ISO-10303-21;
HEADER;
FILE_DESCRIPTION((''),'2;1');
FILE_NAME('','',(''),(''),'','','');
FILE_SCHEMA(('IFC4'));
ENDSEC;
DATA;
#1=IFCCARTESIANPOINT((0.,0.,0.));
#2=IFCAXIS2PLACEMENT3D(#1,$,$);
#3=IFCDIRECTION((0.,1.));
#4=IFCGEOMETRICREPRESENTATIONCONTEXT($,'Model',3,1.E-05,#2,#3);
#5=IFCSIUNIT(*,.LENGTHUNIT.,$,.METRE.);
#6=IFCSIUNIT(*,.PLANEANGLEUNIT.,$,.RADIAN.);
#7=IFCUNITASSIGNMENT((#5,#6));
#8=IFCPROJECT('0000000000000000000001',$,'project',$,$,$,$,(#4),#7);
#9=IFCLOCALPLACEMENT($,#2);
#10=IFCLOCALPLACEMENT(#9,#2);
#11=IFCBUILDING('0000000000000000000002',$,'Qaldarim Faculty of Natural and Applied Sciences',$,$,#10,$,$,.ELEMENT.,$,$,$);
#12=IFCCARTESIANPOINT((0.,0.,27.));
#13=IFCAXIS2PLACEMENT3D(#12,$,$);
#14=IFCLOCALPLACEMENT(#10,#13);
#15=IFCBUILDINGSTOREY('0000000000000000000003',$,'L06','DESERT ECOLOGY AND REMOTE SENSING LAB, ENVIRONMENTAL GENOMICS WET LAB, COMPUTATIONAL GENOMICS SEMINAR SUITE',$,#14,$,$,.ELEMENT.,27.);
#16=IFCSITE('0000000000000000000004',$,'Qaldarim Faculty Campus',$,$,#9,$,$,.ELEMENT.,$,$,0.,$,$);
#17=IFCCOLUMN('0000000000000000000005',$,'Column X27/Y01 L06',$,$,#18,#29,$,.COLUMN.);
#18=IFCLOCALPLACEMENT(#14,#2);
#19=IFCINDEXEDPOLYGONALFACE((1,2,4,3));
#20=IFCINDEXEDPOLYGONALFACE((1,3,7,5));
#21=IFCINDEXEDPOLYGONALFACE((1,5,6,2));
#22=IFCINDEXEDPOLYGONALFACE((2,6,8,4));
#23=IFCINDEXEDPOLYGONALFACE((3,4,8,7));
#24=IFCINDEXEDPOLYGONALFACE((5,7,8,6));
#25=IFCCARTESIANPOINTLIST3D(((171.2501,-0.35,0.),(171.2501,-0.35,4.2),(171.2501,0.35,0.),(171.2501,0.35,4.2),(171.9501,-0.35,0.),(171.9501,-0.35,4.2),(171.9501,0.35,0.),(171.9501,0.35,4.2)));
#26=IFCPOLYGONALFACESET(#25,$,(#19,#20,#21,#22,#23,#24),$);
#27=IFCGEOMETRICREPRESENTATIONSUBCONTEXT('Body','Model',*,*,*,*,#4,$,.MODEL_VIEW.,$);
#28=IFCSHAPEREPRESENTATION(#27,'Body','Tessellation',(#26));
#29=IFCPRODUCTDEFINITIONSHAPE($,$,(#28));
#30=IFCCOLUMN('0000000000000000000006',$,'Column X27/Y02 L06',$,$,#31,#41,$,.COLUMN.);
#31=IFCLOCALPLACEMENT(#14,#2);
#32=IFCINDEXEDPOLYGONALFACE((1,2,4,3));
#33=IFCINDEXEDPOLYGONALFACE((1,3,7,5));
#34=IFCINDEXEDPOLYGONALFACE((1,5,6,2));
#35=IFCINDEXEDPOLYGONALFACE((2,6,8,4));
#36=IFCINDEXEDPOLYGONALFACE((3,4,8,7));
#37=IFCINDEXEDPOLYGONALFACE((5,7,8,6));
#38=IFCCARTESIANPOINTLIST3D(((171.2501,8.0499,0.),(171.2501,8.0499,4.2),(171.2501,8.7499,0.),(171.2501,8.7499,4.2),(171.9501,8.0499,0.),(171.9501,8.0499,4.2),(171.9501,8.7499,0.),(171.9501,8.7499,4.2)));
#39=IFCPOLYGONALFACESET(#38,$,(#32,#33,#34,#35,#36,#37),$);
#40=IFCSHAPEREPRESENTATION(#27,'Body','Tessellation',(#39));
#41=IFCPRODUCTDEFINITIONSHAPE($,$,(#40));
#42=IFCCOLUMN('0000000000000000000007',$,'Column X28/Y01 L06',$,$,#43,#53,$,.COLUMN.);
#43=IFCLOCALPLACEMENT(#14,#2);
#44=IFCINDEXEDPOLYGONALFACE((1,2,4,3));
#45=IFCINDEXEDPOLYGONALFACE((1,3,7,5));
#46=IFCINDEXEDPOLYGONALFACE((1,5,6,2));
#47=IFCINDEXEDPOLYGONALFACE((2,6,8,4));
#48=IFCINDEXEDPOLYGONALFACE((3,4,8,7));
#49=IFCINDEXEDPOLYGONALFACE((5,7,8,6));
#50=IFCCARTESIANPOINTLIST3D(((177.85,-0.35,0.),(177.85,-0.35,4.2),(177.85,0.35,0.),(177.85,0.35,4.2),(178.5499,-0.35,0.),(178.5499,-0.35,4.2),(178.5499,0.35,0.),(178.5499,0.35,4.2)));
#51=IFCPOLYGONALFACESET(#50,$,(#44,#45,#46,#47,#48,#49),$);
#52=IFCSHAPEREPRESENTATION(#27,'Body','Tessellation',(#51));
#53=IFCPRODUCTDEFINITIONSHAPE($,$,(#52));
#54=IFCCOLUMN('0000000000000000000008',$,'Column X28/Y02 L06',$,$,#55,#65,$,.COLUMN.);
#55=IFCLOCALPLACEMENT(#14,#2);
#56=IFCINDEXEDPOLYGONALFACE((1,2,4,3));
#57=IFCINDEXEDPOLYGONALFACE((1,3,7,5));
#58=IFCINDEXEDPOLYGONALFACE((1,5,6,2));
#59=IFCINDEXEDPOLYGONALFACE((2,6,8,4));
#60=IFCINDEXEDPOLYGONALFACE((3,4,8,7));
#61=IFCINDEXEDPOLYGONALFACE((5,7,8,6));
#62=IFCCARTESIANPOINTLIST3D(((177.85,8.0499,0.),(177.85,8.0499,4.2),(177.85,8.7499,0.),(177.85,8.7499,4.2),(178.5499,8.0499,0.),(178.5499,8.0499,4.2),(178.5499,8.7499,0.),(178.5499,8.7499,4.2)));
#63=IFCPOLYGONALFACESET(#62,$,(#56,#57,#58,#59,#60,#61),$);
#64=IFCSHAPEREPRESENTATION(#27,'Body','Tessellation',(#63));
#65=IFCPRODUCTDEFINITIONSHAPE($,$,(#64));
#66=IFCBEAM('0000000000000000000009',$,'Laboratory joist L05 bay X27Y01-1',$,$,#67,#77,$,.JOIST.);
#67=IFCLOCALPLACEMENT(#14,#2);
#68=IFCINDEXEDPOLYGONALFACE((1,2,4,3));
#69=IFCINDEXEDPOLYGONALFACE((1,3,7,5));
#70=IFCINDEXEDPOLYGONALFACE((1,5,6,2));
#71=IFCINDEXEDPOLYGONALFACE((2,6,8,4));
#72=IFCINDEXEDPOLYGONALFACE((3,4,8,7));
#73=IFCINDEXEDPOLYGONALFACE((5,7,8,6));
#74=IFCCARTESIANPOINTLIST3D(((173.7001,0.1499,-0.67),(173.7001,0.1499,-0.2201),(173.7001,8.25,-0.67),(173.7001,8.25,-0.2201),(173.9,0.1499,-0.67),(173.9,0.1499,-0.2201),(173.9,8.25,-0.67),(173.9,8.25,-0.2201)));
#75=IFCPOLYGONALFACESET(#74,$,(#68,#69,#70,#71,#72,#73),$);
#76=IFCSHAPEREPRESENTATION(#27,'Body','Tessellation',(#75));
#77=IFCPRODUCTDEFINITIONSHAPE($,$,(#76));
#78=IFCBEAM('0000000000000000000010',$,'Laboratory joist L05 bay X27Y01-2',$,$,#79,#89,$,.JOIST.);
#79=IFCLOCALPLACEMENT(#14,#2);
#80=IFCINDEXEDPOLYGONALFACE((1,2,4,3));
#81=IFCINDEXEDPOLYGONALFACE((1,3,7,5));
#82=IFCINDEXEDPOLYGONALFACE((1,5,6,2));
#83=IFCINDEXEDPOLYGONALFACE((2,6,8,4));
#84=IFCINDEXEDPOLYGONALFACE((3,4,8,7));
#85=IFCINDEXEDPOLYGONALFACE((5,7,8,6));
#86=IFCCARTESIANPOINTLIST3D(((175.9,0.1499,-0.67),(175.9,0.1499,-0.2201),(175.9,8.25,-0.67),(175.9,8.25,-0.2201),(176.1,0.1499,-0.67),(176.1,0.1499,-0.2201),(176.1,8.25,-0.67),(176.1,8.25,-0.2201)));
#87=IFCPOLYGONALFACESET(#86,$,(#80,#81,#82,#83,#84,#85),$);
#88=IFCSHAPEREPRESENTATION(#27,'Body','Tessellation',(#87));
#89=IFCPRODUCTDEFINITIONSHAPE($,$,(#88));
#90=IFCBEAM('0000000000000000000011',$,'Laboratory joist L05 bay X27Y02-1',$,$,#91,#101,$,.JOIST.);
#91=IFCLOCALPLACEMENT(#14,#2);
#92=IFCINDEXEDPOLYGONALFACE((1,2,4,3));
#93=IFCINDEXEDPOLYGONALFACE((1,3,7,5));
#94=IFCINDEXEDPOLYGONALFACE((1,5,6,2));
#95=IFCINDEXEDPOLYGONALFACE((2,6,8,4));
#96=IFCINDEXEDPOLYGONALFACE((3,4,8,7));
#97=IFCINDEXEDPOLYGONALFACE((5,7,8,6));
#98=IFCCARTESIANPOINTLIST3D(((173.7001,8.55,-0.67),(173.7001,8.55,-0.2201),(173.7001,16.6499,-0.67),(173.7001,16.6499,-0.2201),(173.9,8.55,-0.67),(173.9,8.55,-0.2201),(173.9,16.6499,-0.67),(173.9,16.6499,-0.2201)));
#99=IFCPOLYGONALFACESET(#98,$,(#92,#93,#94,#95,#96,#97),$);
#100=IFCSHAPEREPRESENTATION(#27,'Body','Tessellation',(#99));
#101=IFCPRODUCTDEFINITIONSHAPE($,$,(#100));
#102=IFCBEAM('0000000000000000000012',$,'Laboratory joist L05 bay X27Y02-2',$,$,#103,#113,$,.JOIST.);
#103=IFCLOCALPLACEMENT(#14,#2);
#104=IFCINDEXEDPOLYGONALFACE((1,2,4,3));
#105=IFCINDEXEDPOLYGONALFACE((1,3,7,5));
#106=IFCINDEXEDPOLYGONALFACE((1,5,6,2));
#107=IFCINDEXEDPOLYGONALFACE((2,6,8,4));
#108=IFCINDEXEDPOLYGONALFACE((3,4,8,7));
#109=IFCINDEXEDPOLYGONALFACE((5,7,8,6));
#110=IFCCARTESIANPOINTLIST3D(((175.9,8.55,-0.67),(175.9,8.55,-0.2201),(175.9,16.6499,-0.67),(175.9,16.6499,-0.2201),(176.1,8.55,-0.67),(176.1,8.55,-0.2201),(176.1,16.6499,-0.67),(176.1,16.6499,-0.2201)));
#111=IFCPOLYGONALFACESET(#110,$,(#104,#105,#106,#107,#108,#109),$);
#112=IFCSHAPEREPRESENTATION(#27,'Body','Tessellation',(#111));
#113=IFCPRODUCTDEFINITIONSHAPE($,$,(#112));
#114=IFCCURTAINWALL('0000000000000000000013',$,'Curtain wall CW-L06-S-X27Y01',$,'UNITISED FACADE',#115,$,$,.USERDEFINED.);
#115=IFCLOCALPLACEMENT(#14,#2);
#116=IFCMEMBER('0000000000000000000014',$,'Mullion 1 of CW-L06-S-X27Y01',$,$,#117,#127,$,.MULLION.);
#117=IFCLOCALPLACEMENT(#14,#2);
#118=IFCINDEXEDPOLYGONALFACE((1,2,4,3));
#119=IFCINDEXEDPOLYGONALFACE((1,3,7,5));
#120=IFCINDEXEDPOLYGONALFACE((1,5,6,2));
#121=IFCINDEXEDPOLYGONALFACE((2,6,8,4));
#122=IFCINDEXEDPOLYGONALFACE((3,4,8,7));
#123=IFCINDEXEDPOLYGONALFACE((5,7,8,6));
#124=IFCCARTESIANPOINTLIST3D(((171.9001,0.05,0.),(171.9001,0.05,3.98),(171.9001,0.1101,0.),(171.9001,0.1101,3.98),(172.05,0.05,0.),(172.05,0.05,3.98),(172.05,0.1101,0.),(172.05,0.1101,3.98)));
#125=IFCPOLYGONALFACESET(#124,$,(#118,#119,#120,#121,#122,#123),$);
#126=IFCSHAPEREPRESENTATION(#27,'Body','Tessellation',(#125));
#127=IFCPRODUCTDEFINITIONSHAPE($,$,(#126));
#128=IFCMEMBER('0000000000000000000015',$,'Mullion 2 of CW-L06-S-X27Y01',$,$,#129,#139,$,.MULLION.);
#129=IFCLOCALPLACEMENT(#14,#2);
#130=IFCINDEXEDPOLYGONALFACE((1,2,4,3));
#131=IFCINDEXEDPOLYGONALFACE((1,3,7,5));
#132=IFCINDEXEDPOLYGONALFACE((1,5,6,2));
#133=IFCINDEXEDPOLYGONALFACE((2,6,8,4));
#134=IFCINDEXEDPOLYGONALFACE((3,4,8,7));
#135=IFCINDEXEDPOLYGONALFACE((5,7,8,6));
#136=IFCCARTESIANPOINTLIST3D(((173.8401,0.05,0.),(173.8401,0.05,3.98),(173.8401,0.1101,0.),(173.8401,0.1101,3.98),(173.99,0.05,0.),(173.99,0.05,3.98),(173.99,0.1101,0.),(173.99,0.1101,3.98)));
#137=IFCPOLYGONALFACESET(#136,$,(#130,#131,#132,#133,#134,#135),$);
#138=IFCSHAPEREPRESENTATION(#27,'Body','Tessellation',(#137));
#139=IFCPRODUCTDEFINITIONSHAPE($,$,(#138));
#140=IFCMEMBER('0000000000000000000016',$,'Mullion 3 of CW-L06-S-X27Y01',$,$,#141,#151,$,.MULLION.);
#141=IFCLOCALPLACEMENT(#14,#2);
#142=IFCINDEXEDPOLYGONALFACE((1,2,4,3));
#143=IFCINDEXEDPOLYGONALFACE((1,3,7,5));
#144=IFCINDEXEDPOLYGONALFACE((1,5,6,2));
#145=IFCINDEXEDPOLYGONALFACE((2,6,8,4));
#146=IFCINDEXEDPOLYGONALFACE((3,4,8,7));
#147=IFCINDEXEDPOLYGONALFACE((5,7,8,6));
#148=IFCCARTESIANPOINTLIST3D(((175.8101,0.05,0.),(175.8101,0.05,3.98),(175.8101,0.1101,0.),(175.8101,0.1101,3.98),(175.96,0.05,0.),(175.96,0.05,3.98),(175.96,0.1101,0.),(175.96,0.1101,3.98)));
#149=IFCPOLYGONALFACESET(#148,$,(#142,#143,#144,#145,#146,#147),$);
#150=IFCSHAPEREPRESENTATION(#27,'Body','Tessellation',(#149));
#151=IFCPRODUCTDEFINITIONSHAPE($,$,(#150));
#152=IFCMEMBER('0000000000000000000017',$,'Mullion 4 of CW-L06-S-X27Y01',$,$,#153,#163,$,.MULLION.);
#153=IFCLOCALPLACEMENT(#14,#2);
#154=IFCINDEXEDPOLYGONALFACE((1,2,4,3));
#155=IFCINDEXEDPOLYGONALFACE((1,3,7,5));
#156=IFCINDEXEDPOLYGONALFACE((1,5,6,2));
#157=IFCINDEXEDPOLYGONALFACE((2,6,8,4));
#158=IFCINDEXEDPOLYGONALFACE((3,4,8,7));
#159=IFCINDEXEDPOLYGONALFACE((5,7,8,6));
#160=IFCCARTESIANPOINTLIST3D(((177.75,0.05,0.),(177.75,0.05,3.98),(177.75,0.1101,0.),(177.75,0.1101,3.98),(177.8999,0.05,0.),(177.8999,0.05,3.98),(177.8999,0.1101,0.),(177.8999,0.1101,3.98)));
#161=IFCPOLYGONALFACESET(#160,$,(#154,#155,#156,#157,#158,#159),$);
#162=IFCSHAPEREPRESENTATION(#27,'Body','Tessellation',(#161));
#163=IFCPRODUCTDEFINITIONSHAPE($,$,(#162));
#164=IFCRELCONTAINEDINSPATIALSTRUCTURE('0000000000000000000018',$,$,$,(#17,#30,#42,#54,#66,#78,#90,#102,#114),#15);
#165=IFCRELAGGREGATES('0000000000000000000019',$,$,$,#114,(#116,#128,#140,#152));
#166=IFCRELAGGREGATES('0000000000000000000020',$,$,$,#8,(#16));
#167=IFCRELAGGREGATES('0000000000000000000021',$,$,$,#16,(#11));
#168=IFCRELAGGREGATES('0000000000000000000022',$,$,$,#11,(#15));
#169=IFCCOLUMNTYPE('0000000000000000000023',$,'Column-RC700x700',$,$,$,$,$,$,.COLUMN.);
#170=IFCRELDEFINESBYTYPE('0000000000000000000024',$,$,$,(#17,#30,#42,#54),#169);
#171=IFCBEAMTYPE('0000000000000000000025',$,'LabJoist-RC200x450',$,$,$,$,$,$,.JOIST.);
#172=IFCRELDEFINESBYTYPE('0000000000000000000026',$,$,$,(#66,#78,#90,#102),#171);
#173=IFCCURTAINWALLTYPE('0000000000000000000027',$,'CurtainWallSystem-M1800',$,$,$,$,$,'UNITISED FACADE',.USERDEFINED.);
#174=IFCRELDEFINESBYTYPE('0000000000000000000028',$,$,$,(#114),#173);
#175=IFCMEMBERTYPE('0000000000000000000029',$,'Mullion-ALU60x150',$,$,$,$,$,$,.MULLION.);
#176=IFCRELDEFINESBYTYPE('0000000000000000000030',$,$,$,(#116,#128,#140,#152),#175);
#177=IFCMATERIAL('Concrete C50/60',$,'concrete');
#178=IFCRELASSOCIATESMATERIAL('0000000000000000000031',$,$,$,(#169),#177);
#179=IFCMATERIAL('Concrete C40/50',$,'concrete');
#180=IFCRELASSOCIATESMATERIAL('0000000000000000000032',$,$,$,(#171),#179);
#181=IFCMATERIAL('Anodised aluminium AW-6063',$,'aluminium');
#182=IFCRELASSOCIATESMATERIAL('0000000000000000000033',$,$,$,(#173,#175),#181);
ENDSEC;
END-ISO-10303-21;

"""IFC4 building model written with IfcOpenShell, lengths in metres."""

from ifc_helpers import new_model, si_unit, direction, frame, origin, origin_2d, place, context, subcontext, project, spatial, rectangle, extrude, material, material_profile, profile_set, type_object, element, aggregate, save


model = new_model("IFC4")

# Units and contexts
model_context = context("Model", 3, precision=1e-05, world=origin(), true_north=direction((0.0, 1.0)))
body_context = subcontext(model_context, "Body", "Model", "MODEL_VIEW")
ifc_project = project(units=[si_unit("LENGTHUNIT", "METRE"), si_unit("PLANEANGLEUNIT", "RADIAN")], contexts=[model_context])

# Site, building, storey
site_placement = place(None, origin())
site = spatial("IfcSite", under=ifc_project, at=site_placement, Name="Qaldarim Faculty Campus", CompositionType="ELEMENT", RefElevation=0.0)
building_placement = place(site_placement, origin())
building = spatial("IfcBuilding", under=site, at=building_placement, Name="Qaldarim Faculty of Natural and Applied Sciences", CompositionType="ELEMENT")
storey_placement = place(building_placement, frame((0.0, 0.0, 27.0)))
storey = spatial("IfcBuildingStorey", under=building, at=storey_placement, Name="L06", Description="DESERT ECOLOGY AND REMOTE SENSING LAB, ENVIRONMENTAL GENOMICS WET LAB, COMPUTATIONAL GENOMICS SEMINAR SUITE", CompositionType="ELEMENT", Elevation=27.0)

# Columns
ifc_material_1 = material(Name="Concrete C50/60", Category="concrete")
ifc_material_profile_1 = material_profile(ifc_material_1, rectangle(XDim=0.7, YDim=0.7, at=origin_2d()), Name="RC-C700x700")
ifc_profile_set_1 = profile_set([ifc_material_profile_1], Name="Concrete C50/60")
column_type = type_object("IfcColumnType", Name="Column-RC700x700", PredefinedType="COLUMN", material=ifc_profile_set_1)
for number, where, z_axis, x_axis, name in (
    (1, (171.6001, 0.0, 0.0), (0.0, 0.0, 1.0), (1.0, 0.0, 0.0), "Column X27/Y01 L06"),
    (2, (171.6001, 8.3999, 0.0), (0.0, 0.0, 1.0), (1.0, 0.0, 0.0), "Column X27/Y02 L06"),
    (3, (178.2, 0.0, 0.0), (0.0, 0.0, 1.0), (1.0, 0.0, 0.0), "Column X28/Y01 L06"),
    (4, (178.2, 8.3999, 0.0), (0.0, 0.0, 1.0), (1.0, 0.0, 0.0), "Column X28/Y02 L06"),
):
    element("IfcColumn", number, at=place(storey_placement, frame(where, z_axis=z_axis, x_axis=x_axis)), inside=storey, type_object=column_type, Name=name, PredefinedType="COLUMN", context=body_context, shape_type="SweptSolid", body=[
        extrude(rectangle(XDim=0.7, YDim=0.7, at=origin_2d()), origin(), (0.0, 0.0, 1.0), 4.2),
    ])

# Beams
ifc_material_2 = material(Name="Concrete C40/50", Category="concrete")
ifc_material_profile_2 = material_profile(ifc_material_2, rectangle(XDim=0.2, YDim=0.45, at=origin_2d()), Name="RC-J200x450")
ifc_profile_set_2 = profile_set([ifc_material_profile_2], Name="Concrete C40/50")
beam_type_1 = type_object("IfcBeamType", Name="LabJoist-RC200x450", PredefinedType="JOIST", material=ifc_profile_set_2)
for number, where, z_axis, x_axis, name in (
    (5, (173.8, 0.1499, -0.4451), (0.0, 1.0, 0.0), (-1.0, 0.0, 0.0), "Laboratory joist L05 bay X27Y01-1"),
    (6, (176.0, 0.1499, -0.4451), (0.0, 1.0, 0.0), (-1.0, 0.0, 0.0), "Laboratory joist L05 bay X27Y01-2"),
):
    element("IfcBeam", number, at=place(storey_placement, frame(where, z_axis=z_axis, x_axis=x_axis)), inside=storey, type_object=beam_type_1, Name=name, PredefinedType="JOIST", context=body_context, shape_type="SweptSolid", body=[
        extrude(rectangle(XDim=0.2, YDim=0.45, at=origin_2d()), origin(), (0.0, 0.0, 1.0), 8.1001),
    ])
for number, where, z_axis, x_axis, name in (
    (7, (173.8, 8.55, -0.4451), (0.0, 1.0, 0.0), (-1.0, 0.0, 0.0), "Laboratory joist L05 bay X27Y02-1"),
    (8, (176.0, 8.55, -0.4451), (0.0, 1.0, 0.0), (-1.0, 0.0, 0.0), "Laboratory joist L05 bay X27Y02-2"),
):
    element("IfcBeam", number, at=place(storey_placement, frame(where, z_axis=z_axis, x_axis=x_axis)), inside=storey, type_object=beam_type_1, Name=name, PredefinedType="JOIST", context=body_context, shape_type="SweptSolid", body=[
        extrude(rectangle(XDim=0.2, YDim=0.45, at=origin_2d()), origin(), (0.0, 0.0, 1.0), 8.0999),
    ])

# Curtain wall, members
ifc_material_3 = material(Name="Anodised aluminium AW-6063", Category="aluminium")
curtain_wall_type = type_object("IfcCurtainWallType", Name="CurtainWallSystem-M1800", ElementType="UNITISED FACADE", PredefinedType="USERDEFINED", material=ifc_material_3)
curtain_wall_placement = place(storey_placement, origin())
curtain_wall = element("IfcCurtainWall", 9, at=curtain_wall_placement, inside=storey, type_object=curtain_wall_type, Name="Curtain wall CW-L06-S-X27Y01", ObjectType="UNITISED FACADE", PredefinedType="USERDEFINED")
ifc_material_profile_3 = material_profile(ifc_material_3, rectangle(XDim=0.0601, YDim=0.1499, at=origin_2d()), Name="ALU-M60x150")
ifc_profile_set_3 = profile_set([ifc_material_profile_3], Name="Anodised aluminium AW-6063")
member_type_1 = type_object("IfcMemberType", Name="Mullion-ALU60x150", PredefinedType="MULLION", material=ifc_profile_set_3)
member_1_placement = place(storey_placement, frame((171.9751, 0.0801, 0.0), z_axis=(0.0, 0.0, 1.0), x_axis=(0.0, 1.0, 0.0)))
member_1 = element("IfcMember", 10, at=member_1_placement, type_object=member_type_1, Name="Mullion 1 of CW-L06-S-X27Y01", PredefinedType="MULLION", context=body_context, shape_type="SweptSolid", body=[
    extrude(rectangle(XDim=0.0601, YDim=0.1499, at=origin_2d()), origin(), (0.0, 0.0, 1.0), 3.98),
])
member_2_placement = place(storey_placement, frame((173.915, 0.0801, 0.0), z_axis=(0.0, 0.0, 1.0), x_axis=(0.0, 1.0, 0.0)))
member_2 = element("IfcMember", 11, at=member_2_placement, type_object=member_type_1, Name="Mullion 2 of CW-L06-S-X27Y01", PredefinedType="MULLION", context=body_context, shape_type="SweptSolid", body=[
    extrude(rectangle(XDim=0.0601, YDim=0.1499, at=origin_2d()), origin(), (0.0, 0.0, 1.0), 3.98),
])
member_3_placement = place(storey_placement, frame((175.885, 0.0801, 0.0), z_axis=(0.0, 0.0, 1.0), x_axis=(0.0, 1.0, 0.0)))
member_3 = element("IfcMember", 12, at=member_3_placement, type_object=member_type_1, Name="Mullion 3 of CW-L06-S-X27Y01", PredefinedType="MULLION", context=body_context, shape_type="SweptSolid", body=[
    extrude(rectangle(XDim=0.0601, YDim=0.1499, at=origin_2d()), origin(), (0.0, 0.0, 1.0), 3.98),
])
member_4_placement = place(storey_placement, frame((177.825, 0.0801, 0.0), z_axis=(0.0, 0.0, 1.0), x_axis=(0.0, 1.0, 0.0)))
member_4 = element("IfcMember", 13, at=member_4_placement, type_object=member_type_1, Name="Mullion 4 of CW-L06-S-X27Y01", PredefinedType="MULLION", context=body_context, shape_type="SweptSolid", body=[
    extrude(rectangle(XDim=0.0601, YDim=0.1499, at=origin_2d()), origin(), (0.0, 0.0, 1.0), 3.98),
])

aggregate(curtain_wall, [member_1, member_2, member_3, member_4])

save(model, "model.ifc")
